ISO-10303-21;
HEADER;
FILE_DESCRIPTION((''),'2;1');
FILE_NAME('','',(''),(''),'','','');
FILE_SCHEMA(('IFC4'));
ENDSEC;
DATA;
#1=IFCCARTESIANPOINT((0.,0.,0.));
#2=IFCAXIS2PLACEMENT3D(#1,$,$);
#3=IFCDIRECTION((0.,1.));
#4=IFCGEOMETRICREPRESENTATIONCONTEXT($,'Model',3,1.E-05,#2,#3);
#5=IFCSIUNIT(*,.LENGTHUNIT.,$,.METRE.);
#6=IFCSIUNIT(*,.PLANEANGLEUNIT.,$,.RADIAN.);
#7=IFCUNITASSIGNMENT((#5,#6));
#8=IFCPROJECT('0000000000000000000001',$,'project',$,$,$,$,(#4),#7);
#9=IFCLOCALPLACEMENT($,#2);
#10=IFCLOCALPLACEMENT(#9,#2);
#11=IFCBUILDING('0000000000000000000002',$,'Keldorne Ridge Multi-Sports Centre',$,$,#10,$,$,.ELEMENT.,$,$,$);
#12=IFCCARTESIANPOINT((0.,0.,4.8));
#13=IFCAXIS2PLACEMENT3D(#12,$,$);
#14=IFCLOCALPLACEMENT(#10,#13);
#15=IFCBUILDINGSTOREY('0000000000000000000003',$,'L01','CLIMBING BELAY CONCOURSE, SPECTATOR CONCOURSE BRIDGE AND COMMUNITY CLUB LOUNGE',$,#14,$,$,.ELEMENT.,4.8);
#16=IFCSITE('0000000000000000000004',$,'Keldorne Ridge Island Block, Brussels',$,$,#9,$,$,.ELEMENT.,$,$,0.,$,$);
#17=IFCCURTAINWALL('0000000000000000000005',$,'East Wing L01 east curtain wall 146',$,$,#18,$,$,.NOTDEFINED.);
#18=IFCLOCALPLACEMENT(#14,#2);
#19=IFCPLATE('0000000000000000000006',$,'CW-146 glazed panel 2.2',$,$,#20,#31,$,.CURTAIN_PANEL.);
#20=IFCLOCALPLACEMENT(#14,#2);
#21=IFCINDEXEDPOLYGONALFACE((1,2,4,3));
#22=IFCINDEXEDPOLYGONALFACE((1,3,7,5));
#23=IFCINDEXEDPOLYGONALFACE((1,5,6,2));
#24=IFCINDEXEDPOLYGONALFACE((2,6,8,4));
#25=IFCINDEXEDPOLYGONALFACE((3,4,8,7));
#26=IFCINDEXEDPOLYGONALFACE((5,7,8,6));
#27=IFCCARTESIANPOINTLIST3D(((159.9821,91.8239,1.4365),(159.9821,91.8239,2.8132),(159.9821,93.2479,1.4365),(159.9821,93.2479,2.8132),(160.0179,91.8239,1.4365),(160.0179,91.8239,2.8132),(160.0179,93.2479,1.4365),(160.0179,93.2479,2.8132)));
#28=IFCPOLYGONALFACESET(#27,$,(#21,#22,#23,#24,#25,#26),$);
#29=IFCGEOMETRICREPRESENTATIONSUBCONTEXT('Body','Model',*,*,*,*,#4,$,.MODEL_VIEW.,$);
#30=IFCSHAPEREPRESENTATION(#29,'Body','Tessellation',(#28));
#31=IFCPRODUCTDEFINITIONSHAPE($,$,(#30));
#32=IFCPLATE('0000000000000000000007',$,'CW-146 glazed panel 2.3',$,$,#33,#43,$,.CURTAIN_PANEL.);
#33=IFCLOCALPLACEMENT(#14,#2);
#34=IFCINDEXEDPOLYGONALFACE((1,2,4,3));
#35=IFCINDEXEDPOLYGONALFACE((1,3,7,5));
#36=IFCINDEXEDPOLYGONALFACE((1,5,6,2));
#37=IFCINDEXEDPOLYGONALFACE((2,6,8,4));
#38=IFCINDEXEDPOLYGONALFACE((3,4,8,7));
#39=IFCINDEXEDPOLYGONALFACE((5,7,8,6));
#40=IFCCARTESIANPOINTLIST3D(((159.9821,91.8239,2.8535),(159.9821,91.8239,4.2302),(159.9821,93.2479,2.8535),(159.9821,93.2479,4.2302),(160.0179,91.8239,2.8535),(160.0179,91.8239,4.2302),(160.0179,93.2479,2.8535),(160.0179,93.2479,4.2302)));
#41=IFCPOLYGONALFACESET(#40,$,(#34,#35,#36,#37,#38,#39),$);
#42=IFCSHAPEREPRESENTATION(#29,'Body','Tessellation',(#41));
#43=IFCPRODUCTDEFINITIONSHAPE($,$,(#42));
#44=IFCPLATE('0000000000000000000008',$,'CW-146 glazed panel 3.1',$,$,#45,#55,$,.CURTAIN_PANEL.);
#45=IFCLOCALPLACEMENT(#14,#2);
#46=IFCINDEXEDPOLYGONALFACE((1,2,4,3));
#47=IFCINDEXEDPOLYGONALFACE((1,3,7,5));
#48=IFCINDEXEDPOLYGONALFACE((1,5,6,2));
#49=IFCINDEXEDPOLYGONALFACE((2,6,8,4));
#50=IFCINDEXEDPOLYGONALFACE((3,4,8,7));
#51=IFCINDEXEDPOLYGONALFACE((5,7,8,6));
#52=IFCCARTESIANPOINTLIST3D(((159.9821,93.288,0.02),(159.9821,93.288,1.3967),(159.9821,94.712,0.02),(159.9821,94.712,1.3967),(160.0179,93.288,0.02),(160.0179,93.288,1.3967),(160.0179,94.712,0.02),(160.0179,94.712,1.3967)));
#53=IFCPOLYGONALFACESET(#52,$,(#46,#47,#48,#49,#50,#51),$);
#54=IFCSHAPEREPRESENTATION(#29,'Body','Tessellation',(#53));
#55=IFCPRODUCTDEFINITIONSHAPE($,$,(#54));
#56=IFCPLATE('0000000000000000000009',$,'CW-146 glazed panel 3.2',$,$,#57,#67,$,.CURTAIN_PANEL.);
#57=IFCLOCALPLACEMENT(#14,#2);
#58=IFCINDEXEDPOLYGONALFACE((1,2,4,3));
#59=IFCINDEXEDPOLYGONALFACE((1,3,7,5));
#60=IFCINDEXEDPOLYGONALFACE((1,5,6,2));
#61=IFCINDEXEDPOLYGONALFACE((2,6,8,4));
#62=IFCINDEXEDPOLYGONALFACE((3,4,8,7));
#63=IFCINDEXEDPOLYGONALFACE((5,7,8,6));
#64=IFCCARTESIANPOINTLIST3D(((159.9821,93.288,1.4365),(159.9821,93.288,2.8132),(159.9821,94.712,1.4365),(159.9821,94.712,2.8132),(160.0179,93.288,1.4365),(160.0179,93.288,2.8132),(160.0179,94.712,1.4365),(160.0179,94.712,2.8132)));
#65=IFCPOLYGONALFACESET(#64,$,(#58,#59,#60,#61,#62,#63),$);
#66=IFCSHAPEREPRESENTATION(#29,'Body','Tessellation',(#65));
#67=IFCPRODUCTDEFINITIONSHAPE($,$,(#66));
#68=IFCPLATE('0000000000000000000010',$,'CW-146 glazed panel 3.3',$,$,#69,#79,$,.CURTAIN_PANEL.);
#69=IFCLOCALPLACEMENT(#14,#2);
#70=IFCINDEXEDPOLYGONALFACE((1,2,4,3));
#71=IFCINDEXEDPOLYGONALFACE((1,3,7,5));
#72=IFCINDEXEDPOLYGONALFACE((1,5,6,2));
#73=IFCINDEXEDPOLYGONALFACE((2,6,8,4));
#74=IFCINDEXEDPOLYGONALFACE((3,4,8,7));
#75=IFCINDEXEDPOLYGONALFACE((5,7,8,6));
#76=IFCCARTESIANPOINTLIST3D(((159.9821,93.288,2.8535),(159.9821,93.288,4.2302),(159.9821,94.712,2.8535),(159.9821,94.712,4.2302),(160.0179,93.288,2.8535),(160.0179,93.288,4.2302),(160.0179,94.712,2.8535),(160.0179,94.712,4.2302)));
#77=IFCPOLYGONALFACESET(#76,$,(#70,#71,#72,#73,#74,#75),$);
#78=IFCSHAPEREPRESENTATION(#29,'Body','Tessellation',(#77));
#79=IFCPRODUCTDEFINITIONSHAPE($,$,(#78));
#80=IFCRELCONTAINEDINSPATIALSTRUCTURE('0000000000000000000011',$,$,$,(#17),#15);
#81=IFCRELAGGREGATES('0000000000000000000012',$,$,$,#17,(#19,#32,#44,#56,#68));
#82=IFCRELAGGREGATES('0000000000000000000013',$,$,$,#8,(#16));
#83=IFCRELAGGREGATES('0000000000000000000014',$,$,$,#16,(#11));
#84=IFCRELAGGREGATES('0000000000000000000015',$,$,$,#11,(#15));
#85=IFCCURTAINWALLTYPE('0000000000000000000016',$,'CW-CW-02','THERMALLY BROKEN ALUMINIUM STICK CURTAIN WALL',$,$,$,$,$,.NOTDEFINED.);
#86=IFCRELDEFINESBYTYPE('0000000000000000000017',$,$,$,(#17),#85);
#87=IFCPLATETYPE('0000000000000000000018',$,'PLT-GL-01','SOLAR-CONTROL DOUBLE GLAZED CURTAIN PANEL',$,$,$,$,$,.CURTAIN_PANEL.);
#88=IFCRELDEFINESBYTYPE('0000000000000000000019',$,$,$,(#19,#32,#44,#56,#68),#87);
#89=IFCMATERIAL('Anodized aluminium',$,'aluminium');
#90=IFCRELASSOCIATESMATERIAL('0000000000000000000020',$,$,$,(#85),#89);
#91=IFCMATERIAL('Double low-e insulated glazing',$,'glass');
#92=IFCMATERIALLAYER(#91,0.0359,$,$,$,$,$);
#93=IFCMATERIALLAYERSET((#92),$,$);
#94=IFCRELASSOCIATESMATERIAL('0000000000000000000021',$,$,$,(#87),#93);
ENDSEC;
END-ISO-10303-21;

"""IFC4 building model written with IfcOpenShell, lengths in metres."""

from ifc_helpers import new_model, si_unit, direction, frame, origin, origin_2d, place, context, subcontext, project, spatial, rectangle, extrude, material, layer, layer_set, type_object, element, aggregate, save


model = new_model("IFC4")

# Units and contexts
model_context = context("Model", 3, precision=1e-05, world=origin(), true_north=direction((0.0, 1.0)))
body_context = subcontext(model_context, "Body", "Model", "MODEL_VIEW")
ifc_project = project(units=[si_unit("LENGTHUNIT", "METRE"), si_unit("PLANEANGLEUNIT", "RADIAN")], contexts=[model_context])

# Site, building, storey
site_placement = place(None, origin())
site = spatial("IfcSite", under=ifc_project, at=site_placement, Name="Keldorne Ridge Island Block, Brussels", CompositionType="ELEMENT", RefElevation=0.0)
building_placement = place(site_placement, origin())
building = spatial("IfcBuilding", under=site, at=building_placement, Name="Keldorne Ridge Multi-Sports Centre", CompositionType="ELEMENT")
storey_placement = place(building_placement, frame((0.0, 0.0, 4.8)))
storey = spatial("IfcBuildingStorey", under=building, at=storey_placement, Name="L01", Description="CLIMBING BELAY CONCOURSE, SPECTATOR CONCOURSE BRIDGE AND COMMUNITY CLUB LOUNGE", CompositionType="ELEMENT", Elevation=4.8)

# Curtain wall, plates
ifc_material_1 = material(Name="Anodized aluminium", Category="aluminium")
curtain_wall_type = type_object("IfcCurtainWallType", Name="CW-CW-02", Description="THERMALLY BROKEN ALUMINIUM STICK CURTAIN WALL", PredefinedType="NOTDEFINED", material=ifc_material_1)
curtain_wall_placement = place(storey_placement, origin())
curtain_wall = element("IfcCurtainWall", 1, at=curtain_wall_placement, inside=storey, type_object=curtain_wall_type, Name="East Wing L01 east curtain wall 146", PredefinedType="NOTDEFINED")
ifc_material_2 = material(Name="Double low-e insulated glazing", Category="glass")
ifc_layer = layer(ifc_material_2, 0.0359)
ifc_layer_set = layer_set([ifc_layer])
plate_type = type_object("IfcPlateType", Name="PLT-GL-01", Description="SOLAR-CONTROL DOUBLE GLAZED CURTAIN PANEL", PredefinedType="CURTAIN_PANEL", material=ifc_layer_set)
plate_1_placement = place(storey_placement, frame((160.0, 92.5359, 1.4365), z_axis=(0.0, 0.0, 1.0), x_axis=(0.0, 1.0, 0.0)))
plate_1 = element("IfcPlate", 2, at=plate_1_placement, type_object=plate_type, Name="CW-146 glazed panel 2.2", PredefinedType="CURTAIN_PANEL", context=body_context, shape_type="SweptSolid", body=[
    extrude(rectangle(XDim=1.4241, YDim=0.0359, at=origin_2d()), origin(), (0.0, 0.0, 1.0), 1.3767),
])
plate_2_placement = place(storey_placement, frame((160.0, 92.5359, 2.8535), z_axis=(0.0, 0.0, 1.0), x_axis=(0.0, 1.0, 0.0)))
plate_2 = element("IfcPlate", 3, at=plate_2_placement, type_object=plate_type, Name="CW-146 glazed panel 2.3", PredefinedType="CURTAIN_PANEL", context=body_context, shape_type="SweptSolid", body=[
    extrude(rectangle(XDim=1.4241, YDim=0.0359, at=origin_2d()), origin(), (0.0, 0.0, 1.0), 1.3767),
])
plate_3_placement = place(storey_placement, frame((160.0, 94.0, 0.02), z_axis=(0.0, 0.0, 1.0), x_axis=(0.0, 1.0, 0.0)))
plate_3 = element("IfcPlate", 4, at=plate_3_placement, type_object=plate_type, Name="CW-146 glazed panel 3.1", PredefinedType="CURTAIN_PANEL", context=body_context, shape_type="SweptSolid", body=[
    extrude(rectangle(XDim=1.4241, YDim=0.0359, at=origin_2d()), origin(), (0.0, 0.0, 1.0), 1.3767),
])
plate_4_placement = place(storey_placement, frame((160.0, 94.0, 1.4365), z_axis=(0.0, 0.0, 1.0), x_axis=(0.0, 1.0, 0.0)))
plate_4 = element("IfcPlate", 5, at=plate_4_placement, type_object=plate_type, Name="CW-146 glazed panel 3.2", PredefinedType="CURTAIN_PANEL", context=body_context, shape_type="SweptSolid", body=[
    extrude(rectangle(XDim=1.4241, YDim=0.0359, at=origin_2d()), origin(), (0.0, 0.0, 1.0), 1.3767),
])
plate_5_placement = place(storey_placement, frame((160.0, 94.0, 2.8535), z_axis=(0.0, 0.0, 1.0), x_axis=(0.0, 1.0, 0.0)))
plate_5 = element("IfcPlate", 6, at=plate_5_placement, type_object=plate_type, Name="CW-146 glazed panel 3.3", PredefinedType="CURTAIN_PANEL", context=body_context, shape_type="SweptSolid", body=[
    extrude(rectangle(XDim=1.4241, YDim=0.0359, at=origin_2d()), origin(), (0.0, 0.0, 1.0), 1.3767),
])
aggregate(curtain_wall, [plate_1, plate_2, plate_3, plate_4, plate_5])

save(model, "model.ifc")
